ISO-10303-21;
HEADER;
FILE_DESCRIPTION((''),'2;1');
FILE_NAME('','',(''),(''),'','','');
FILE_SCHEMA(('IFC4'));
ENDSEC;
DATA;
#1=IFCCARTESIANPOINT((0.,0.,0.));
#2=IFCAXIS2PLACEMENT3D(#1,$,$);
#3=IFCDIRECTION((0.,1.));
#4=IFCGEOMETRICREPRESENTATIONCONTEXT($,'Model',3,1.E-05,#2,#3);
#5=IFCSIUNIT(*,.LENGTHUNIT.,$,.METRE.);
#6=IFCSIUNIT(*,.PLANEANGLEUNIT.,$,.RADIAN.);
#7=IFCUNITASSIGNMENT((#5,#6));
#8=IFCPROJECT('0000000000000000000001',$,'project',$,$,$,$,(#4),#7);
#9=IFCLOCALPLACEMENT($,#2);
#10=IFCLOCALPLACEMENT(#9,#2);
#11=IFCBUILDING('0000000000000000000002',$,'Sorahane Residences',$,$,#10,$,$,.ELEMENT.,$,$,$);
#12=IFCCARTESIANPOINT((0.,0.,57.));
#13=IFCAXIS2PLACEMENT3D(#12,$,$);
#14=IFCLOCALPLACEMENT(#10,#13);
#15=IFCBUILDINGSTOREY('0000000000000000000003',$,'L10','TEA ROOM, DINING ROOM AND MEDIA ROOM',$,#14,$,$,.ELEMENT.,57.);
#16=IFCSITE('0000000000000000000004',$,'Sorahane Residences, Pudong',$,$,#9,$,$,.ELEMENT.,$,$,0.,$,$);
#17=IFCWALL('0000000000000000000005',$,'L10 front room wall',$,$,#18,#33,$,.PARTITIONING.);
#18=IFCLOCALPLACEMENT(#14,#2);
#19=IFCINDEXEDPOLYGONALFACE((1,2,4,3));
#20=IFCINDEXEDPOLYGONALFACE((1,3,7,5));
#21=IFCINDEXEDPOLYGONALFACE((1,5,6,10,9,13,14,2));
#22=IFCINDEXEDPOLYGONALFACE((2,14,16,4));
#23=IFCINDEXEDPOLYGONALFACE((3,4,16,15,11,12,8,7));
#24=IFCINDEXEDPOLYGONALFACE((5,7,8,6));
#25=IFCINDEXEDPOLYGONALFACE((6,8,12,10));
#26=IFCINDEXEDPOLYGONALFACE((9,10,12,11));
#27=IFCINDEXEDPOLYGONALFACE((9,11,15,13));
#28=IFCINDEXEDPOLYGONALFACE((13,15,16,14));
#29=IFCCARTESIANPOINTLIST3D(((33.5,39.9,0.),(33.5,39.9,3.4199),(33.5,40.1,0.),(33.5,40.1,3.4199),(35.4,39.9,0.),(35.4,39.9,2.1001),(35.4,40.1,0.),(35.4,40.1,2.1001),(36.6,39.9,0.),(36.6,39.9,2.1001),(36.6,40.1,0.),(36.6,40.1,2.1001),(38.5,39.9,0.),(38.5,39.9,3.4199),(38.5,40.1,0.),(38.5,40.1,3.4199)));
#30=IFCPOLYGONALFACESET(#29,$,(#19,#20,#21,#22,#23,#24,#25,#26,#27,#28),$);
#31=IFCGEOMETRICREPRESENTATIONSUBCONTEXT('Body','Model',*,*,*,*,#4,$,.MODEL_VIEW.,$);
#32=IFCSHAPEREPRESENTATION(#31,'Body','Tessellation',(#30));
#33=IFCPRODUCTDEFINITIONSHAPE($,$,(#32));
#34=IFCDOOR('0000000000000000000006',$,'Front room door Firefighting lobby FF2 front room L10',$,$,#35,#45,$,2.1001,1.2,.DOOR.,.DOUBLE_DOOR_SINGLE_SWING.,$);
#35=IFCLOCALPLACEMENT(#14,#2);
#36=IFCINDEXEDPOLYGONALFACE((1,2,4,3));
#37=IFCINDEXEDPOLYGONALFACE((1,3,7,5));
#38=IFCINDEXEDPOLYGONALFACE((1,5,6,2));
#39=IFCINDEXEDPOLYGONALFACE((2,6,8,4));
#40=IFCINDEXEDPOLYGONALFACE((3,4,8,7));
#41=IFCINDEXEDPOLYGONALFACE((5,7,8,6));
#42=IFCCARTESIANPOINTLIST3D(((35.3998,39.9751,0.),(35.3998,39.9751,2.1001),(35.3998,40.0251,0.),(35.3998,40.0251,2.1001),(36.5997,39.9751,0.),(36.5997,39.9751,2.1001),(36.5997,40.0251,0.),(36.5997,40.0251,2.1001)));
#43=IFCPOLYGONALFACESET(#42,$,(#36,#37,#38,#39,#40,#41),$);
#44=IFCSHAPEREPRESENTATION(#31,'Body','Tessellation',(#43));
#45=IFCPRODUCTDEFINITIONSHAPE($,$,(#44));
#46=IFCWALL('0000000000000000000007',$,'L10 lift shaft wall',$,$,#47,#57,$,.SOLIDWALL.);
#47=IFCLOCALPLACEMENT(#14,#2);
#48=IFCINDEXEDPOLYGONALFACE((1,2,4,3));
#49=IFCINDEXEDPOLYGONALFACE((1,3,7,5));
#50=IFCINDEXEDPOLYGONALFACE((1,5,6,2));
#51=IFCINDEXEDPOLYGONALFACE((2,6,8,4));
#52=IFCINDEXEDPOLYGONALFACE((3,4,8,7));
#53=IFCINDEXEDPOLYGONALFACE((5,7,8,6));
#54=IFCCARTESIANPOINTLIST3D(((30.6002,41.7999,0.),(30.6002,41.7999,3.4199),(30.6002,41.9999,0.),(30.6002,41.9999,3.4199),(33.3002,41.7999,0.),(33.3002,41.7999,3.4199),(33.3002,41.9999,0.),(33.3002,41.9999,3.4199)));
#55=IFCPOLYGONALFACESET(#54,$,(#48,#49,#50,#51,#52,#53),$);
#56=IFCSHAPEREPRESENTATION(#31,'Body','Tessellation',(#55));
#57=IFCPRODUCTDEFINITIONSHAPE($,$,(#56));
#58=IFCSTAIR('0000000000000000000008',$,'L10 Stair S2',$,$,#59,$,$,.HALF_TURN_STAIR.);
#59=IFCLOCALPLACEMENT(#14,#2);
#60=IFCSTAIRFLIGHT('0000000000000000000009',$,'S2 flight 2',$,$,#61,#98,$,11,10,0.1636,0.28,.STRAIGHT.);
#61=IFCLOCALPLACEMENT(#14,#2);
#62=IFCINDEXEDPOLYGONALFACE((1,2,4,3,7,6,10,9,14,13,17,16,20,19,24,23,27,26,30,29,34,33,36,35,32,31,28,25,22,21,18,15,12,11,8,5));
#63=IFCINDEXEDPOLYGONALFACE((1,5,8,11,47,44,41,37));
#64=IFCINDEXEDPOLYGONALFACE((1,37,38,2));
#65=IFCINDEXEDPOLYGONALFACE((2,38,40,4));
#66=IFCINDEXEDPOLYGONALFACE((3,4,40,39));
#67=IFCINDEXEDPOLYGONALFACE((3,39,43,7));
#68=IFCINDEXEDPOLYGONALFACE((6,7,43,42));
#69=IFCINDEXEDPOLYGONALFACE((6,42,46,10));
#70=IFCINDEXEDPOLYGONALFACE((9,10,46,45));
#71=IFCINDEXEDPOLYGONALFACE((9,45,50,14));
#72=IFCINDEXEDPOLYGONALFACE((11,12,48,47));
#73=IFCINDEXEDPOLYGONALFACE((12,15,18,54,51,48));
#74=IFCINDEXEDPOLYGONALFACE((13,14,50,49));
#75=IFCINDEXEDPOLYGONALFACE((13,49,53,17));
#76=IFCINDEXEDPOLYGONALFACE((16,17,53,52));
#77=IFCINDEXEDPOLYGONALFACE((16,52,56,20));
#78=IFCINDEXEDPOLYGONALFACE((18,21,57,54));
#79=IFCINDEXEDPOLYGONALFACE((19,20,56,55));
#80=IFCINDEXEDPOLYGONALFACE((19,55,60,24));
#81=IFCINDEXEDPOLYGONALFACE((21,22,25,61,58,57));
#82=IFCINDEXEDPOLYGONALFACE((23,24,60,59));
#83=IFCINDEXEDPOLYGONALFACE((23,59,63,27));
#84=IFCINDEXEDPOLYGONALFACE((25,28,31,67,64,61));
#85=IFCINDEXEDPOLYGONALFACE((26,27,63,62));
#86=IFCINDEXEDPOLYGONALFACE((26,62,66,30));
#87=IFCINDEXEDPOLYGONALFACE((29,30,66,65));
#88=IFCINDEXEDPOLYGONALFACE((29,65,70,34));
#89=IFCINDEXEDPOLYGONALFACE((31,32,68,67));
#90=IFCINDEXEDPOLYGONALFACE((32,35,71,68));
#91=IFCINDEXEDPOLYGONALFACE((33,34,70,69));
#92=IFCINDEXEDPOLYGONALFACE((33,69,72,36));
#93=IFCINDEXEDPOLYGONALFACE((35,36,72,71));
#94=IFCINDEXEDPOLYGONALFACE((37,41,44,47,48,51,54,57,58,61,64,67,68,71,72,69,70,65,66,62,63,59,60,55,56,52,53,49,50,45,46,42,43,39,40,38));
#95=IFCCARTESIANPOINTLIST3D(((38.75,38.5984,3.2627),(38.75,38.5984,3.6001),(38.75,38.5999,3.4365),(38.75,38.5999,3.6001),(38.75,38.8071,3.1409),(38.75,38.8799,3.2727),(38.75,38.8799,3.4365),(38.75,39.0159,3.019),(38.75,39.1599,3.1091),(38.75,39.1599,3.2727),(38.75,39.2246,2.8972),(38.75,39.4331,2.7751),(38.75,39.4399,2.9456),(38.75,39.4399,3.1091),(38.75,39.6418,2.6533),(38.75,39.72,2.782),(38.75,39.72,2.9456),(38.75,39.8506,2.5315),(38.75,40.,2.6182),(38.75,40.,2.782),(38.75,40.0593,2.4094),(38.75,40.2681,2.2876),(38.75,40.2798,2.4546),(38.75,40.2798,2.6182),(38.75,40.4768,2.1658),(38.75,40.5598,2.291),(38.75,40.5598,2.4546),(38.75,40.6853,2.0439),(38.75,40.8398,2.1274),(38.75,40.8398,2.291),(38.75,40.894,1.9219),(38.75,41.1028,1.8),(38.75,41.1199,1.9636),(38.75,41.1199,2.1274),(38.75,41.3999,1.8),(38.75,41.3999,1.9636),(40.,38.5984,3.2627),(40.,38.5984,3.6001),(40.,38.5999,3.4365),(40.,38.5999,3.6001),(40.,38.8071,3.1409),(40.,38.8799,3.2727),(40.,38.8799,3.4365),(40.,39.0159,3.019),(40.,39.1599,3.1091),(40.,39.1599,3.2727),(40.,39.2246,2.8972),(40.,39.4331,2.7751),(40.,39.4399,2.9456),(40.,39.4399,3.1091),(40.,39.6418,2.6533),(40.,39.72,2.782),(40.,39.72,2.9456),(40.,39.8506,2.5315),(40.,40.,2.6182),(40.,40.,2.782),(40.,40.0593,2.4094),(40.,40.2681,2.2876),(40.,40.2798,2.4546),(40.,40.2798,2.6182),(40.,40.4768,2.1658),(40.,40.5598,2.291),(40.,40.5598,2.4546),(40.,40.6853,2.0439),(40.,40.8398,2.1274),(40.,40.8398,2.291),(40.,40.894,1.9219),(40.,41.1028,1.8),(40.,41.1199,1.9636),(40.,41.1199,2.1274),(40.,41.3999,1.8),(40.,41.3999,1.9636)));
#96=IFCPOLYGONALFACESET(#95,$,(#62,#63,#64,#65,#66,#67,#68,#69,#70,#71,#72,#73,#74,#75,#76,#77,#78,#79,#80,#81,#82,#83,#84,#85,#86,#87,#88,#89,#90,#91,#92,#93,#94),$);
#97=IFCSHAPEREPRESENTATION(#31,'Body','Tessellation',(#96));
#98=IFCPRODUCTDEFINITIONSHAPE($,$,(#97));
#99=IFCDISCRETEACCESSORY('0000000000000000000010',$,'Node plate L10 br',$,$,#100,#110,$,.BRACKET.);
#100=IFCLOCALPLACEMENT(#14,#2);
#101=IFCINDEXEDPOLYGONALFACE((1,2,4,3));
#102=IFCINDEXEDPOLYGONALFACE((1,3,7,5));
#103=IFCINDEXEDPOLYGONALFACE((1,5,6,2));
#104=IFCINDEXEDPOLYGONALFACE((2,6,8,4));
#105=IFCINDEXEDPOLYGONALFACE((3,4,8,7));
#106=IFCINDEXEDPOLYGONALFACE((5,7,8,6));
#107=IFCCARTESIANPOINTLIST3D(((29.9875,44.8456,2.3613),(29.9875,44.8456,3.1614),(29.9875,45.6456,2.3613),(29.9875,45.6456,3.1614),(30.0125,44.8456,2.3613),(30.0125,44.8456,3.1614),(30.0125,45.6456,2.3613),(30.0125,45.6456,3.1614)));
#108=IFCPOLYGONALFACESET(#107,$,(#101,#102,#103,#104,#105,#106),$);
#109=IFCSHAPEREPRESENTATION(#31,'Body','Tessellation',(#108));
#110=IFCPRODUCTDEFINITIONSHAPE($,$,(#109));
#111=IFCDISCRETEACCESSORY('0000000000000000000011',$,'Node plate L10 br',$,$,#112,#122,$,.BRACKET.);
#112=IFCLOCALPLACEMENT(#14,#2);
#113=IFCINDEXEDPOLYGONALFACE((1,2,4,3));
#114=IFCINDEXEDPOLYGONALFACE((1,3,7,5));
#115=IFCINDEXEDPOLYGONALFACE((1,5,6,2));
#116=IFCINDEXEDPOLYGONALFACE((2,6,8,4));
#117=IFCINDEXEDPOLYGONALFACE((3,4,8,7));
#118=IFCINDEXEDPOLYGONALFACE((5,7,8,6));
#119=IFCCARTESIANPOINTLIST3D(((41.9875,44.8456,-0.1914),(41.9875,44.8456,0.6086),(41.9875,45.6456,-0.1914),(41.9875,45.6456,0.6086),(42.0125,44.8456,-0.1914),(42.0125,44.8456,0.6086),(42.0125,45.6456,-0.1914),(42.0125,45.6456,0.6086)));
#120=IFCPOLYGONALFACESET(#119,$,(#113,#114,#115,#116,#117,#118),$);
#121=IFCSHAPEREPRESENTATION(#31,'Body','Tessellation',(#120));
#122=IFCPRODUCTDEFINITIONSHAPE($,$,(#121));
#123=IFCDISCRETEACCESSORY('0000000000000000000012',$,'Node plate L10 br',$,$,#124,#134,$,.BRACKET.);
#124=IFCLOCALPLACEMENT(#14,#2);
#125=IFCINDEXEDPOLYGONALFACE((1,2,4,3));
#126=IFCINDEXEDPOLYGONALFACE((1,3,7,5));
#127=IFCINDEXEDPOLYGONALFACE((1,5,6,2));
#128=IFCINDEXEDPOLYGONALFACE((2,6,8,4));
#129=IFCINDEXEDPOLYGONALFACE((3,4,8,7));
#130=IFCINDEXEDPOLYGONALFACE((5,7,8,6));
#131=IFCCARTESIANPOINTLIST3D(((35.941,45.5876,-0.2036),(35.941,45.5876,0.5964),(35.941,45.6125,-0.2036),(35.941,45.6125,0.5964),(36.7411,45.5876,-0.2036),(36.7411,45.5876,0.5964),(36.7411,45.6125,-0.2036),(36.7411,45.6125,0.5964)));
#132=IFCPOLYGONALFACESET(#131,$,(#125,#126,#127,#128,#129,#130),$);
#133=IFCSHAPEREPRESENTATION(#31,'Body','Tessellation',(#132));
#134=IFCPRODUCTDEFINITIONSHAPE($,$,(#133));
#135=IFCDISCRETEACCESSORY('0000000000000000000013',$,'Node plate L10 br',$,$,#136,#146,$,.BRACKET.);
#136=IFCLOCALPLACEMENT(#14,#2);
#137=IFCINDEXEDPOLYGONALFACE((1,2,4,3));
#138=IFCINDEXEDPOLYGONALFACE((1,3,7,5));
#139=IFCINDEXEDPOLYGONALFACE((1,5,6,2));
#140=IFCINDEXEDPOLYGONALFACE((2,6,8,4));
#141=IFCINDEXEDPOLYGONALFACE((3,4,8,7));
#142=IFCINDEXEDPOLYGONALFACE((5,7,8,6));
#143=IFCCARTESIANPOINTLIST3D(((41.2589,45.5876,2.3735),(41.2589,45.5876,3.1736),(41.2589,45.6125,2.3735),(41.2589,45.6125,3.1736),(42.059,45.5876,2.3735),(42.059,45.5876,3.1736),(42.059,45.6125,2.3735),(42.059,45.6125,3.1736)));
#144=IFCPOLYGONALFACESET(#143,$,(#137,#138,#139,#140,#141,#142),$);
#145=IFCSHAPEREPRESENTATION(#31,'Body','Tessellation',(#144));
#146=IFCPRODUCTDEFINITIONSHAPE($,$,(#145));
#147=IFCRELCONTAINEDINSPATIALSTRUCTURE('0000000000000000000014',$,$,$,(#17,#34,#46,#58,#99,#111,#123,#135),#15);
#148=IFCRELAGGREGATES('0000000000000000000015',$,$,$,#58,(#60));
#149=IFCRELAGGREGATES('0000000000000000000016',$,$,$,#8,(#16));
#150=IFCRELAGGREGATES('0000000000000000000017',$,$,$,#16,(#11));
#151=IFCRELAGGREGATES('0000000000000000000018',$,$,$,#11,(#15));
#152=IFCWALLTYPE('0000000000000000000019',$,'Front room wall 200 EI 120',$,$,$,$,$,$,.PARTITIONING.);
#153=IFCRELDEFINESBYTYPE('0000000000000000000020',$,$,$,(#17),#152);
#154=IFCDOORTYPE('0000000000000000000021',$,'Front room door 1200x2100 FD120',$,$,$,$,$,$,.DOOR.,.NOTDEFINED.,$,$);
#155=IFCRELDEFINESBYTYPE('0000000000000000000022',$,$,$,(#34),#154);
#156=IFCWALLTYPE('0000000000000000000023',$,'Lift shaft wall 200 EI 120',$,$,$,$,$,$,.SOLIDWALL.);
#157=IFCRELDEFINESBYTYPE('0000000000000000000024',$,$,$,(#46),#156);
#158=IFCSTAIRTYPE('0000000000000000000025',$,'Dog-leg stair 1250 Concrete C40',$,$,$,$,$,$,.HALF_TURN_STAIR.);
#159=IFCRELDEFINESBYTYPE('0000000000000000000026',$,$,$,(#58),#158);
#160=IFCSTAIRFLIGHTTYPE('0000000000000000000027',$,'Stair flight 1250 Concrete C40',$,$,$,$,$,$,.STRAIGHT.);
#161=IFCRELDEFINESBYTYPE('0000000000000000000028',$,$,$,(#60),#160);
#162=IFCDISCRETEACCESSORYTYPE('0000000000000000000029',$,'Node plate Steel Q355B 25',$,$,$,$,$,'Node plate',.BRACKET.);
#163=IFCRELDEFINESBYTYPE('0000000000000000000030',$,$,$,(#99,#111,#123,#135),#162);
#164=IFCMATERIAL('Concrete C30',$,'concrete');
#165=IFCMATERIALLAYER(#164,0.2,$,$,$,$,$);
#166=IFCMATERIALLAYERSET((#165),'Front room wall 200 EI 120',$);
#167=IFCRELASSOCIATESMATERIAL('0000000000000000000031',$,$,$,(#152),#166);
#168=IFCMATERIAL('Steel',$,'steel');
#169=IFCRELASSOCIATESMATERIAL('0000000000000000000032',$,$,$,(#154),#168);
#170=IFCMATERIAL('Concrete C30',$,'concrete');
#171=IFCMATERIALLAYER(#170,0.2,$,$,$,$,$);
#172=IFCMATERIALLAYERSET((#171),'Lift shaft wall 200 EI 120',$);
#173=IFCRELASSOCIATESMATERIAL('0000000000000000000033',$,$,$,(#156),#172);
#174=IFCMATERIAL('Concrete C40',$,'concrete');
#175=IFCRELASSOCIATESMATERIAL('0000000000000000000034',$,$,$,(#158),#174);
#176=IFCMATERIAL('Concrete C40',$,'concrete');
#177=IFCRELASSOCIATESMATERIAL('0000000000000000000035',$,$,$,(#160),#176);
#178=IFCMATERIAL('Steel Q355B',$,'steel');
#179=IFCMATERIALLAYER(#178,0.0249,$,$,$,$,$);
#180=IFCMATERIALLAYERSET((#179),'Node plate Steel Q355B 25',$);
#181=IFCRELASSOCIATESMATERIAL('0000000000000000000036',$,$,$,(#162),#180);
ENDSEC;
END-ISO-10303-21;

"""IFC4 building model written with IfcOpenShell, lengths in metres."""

from ifc_helpers import new_model, si_unit, direction, frame, frame_2d, origin, origin_2d, place, context, subcontext, project, spatial, polyline, rectangle, outline, extrude, material, layer, layer_set, type_object, element, fill, aggregate, save


model = new_model("IFC4")

# Units and contexts
model_context = context("Model", 3, precision=1e-05, world=origin(), true_north=direction((0.0, 1.0)))
body_context = subcontext(model_context, "Body", "Model", "MODEL_VIEW")
ifc_project = project(units=[si_unit("LENGTHUNIT", "METRE"), si_unit("PLANEANGLEUNIT", "RADIAN")], contexts=[model_context])

# Site, building, storey
site_placement = place(None, origin())
site = spatial("IfcSite", under=ifc_project, at=site_placement, Name="Sorahane Residences, Pudong", CompositionType="ELEMENT", RefElevation=0.0)
building_placement = place(site_placement, origin())
building = spatial("IfcBuilding", under=site, at=building_placement, Name="Sorahane Residences", CompositionType="ELEMENT")
storey_placement = place(building_placement, frame((0.0, 0.0, 57.0)))
storey = spatial("IfcBuildingStorey", under=building, at=storey_placement, Name="L10", Description="TEA ROOM, DINING ROOM AND MEDIA ROOM", CompositionType="ELEMENT", Elevation=57.0)

# Wall, opening, door
ifc_material_1 = material(Name="Concrete C30", Category="concrete")
ifc_layer_1 = layer(ifc_material_1, 0.2)
ifc_layer_set_1 = layer_set([ifc_layer_1], Name="Front room wall 200 EI 120")
wall_type_1 = type_object("IfcWallType", Name="Front room wall 200 EI 120", PredefinedType="PARTITIONING", material=ifc_layer_set_1)
wall_1_placement = place(storey_placement, frame((33.5, 40.0, 0.0), z_axis=(0.0, 0.0, 1.0), x_axis=(1.0, 0.0, 0.0)))
wall_1 = element("IfcWall", 1, at=wall_1_placement, inside=storey, type_object=wall_type_1, Name="L10 front room wall", PredefinedType="PARTITIONING", context=body_context, shape_type="SweptSolid", body=[
    extrude(rectangle(XDim=5.0, YDim=0.2, at=frame_2d((2.5, 0.0))), origin(), (0.0, 0.0, 1.0), 3.4199),
])
opening_placement = place(wall_1_placement, frame((1.8999, 0.0, 0.0)))
opening = element("IfcOpeningElement", 2, at=opening_placement, cuts=wall_1, PredefinedType="OPENING", context=body_context, shape_type="SweptSolid", body=[
    extrude(rectangle(XDim=1.2, YDim=2.1001, at=frame_2d((0.6001, 1.05))), frame((0.0, 0.1099, 0.0), z_axis=(0.0, -1.0, 0.0), x_axis=(1.0, 0.0, 0.0)), (0.0, 0.0, 1.0), 0.22),
])
ifc_material_2 = material(Name="Steel", Category="steel")
door_type = type_object("IfcDoorType", Name="Front room door 1200x2100 FD120", OperationType="NOTDEFINED", PredefinedType="DOOR", material=ifc_material_2)
door_placement = place(opening_placement, frame((1.2, 0.0, 0.0), z_axis=(0.0, 0.0, 1.0), x_axis=(-1.0, 0.0, 0.0)))
door = element("IfcDoor", 3, at=door_placement, inside=storey, type_object=door_type, Name="Front room door Firefighting lobby FF2 front room L10", OperationType="DOUBLE_DOOR_SINGLE_SWING", OverallHeight=2.1001, OverallWidth=1.2, PredefinedType="DOOR", context=body_context, shape_type="SweptSolid", body=[
    extrude(rectangle(XDim=1.2, YDim=2.1001, at=frame_2d((0.6001, 1.05))), frame((0.0, 0.0249, 0.0), z_axis=(0.0, -1.0, 0.0), x_axis=(1.0, 0.0, 0.0)), (0.0, 0.0, 1.0), 0.05),
])
fill(opening, door)

# Wall
ifc_material_3 = material(Name="Concrete C30", Category="concrete")
ifc_layer_2 = layer(ifc_material_3, 0.2)
ifc_layer_set_2 = layer_set([ifc_layer_2], Name="Lift shaft wall 200 EI 120")
wall_type_2 = type_object("IfcWallType", Name="Lift shaft wall 200 EI 120", PredefinedType="SOLIDWALL", material=ifc_layer_set_2)
wall_2_placement = place(storey_placement, frame((30.6001, 41.8999, 0.0), z_axis=(0.0, 0.0, 1.0), x_axis=(1.0, 0.0, 0.0)))
element("IfcWall", 4, at=wall_2_placement, inside=storey, type_object=wall_type_2, Name="L10 lift shaft wall", PredefinedType="SOLIDWALL", context=body_context, shape_type="SweptSolid", body=[
    extrude(rectangle(XDim=2.7, YDim=0.2, at=frame_2d((1.3501, 0.0))), origin(), (0.0, 0.0, 1.0), 3.4199),
])

# Stair, stair flight
ifc_material_4 = material(Name="Concrete C40", Category="concrete")
stair_type = type_object("IfcStairType", Name="Dog-leg stair 1250 Concrete C40", PredefinedType="HALF_TURN_STAIR", material=ifc_material_4)
stair_placement = place(storey_placement, origin())
stair = element("IfcStair", 5, at=stair_placement, inside=storey, type_object=stair_type, Name="L10 Stair S2", PredefinedType="HALF_TURN_STAIR")
ifc_material_5 = material(Name="Concrete C40", Category="concrete")
stair_flight_type = type_object("IfcStairFlightType", Name="Stair flight 1250 Concrete C40", PredefinedType="STRAIGHT", material=ifc_material_5)
stair_flight_placement = place(storey_placement, frame((39.375, 41.3999, 1.8), z_axis=(0.0, 0.0, 1.0), x_axis=(0.0, -1.0, 0.0)))
stair_flight = element("IfcStairFlight", 6, at=stair_flight_placement, type_object=stair_flight_type, Name="S2 flight 2", NumberOfRisers=11, NumberOfTreads=10, PredefinedType="STRAIGHT", RiserHeight=0.1636, TreadLength=0.28, context=body_context, shape_type="SweptSolid", body=[
    extrude(outline(polyline([(0.0, 0.0), (0.0, 0.1636), (0.28, 0.1636), (0.28, 0.3274), (0.5601, 0.3274), (0.5601, 0.491), (0.8401, 0.491), (0.8401, 0.6545), (1.1201, 0.6545), (1.1201, 0.8181), (1.3999, 0.8181), (1.3999, 0.9819), (1.6799, 0.9819), (1.6799, 1.1455), (1.96, 1.1455), (1.96, 1.3091), (2.24, 1.3091), (2.24, 1.4727), (2.52, 1.4727), (2.52, 1.6365), (2.8, 1.6365), (2.8, 1.8), (2.8015, 1.8), (2.8015, 1.4626), (2.5928, 1.3408), (2.384, 1.219), (2.1753, 1.0972), (1.9668, 0.9751), (1.7581, 0.8533), (1.5493, 0.7314), (1.3406, 0.6094), (1.1318, 0.4875), (0.9231, 0.3657), (0.7146, 0.2439), (0.5059, 0.1218), (0.2971, 0.0), (0.0, 0.0)])), frame((0.0, 0.625, 0.0), z_axis=(0.0, -1.0, 0.0), x_axis=(1.0, 0.0, 0.0)), (0.0, 0.0, 1.0), 1.25),
])
aggregate(stair, [stair_flight])

# Discrete accessories
ifc_material_6 = material(Name="Steel Q355B", Category="steel")
ifc_layer_3 = layer(ifc_material_6, 0.0249)
ifc_layer_set_3 = layer_set([ifc_layer_3], Name="Node plate Steel Q355B 25")
discrete_accessory_type = type_object("IfcDiscreteAccessoryType", Name="Node plate Steel Q355B 25", ElementType="Node plate", PredefinedType="BRACKET", material=ifc_layer_set_3)
for number, where, z_axis, x_axis, name in (
    (7, (30.0, 45.2456, 2.3613), (0.0, 0.0, 1.0), (0.0, 1.0, 0.0), "Node plate L10 br"),
    (8, (42.0, 45.2456, -0.1914), (0.0, 0.0, 1.0), (0.0, 1.0, 0.0), "Node plate L10 br"),
    (9, (36.3411, 45.6001, -0.2036), (0.0, 0.0, 1.0), (1.0, 0.0, 0.0), "Node plate L10 br"),
    (10, (41.6589, 45.6001, 2.3735), (0.0, 0.0, 1.0), (1.0, 0.0, 0.0), "Node plate L10 br"),
):
    element("IfcDiscreteAccessory", number, at=place(storey_placement, frame(where, z_axis=z_axis, x_axis=x_axis)), inside=storey, type_object=discrete_accessory_type, Name=name, PredefinedType="BRACKET", context=body_context, shape_type="SweptSolid", body=[
        extrude(rectangle(XDim=0.8, YDim=0.0249, at=origin_2d()), origin(), (0.0, 0.0, 1.0), 0.8),
    ])

save(model, "model.ifc")
